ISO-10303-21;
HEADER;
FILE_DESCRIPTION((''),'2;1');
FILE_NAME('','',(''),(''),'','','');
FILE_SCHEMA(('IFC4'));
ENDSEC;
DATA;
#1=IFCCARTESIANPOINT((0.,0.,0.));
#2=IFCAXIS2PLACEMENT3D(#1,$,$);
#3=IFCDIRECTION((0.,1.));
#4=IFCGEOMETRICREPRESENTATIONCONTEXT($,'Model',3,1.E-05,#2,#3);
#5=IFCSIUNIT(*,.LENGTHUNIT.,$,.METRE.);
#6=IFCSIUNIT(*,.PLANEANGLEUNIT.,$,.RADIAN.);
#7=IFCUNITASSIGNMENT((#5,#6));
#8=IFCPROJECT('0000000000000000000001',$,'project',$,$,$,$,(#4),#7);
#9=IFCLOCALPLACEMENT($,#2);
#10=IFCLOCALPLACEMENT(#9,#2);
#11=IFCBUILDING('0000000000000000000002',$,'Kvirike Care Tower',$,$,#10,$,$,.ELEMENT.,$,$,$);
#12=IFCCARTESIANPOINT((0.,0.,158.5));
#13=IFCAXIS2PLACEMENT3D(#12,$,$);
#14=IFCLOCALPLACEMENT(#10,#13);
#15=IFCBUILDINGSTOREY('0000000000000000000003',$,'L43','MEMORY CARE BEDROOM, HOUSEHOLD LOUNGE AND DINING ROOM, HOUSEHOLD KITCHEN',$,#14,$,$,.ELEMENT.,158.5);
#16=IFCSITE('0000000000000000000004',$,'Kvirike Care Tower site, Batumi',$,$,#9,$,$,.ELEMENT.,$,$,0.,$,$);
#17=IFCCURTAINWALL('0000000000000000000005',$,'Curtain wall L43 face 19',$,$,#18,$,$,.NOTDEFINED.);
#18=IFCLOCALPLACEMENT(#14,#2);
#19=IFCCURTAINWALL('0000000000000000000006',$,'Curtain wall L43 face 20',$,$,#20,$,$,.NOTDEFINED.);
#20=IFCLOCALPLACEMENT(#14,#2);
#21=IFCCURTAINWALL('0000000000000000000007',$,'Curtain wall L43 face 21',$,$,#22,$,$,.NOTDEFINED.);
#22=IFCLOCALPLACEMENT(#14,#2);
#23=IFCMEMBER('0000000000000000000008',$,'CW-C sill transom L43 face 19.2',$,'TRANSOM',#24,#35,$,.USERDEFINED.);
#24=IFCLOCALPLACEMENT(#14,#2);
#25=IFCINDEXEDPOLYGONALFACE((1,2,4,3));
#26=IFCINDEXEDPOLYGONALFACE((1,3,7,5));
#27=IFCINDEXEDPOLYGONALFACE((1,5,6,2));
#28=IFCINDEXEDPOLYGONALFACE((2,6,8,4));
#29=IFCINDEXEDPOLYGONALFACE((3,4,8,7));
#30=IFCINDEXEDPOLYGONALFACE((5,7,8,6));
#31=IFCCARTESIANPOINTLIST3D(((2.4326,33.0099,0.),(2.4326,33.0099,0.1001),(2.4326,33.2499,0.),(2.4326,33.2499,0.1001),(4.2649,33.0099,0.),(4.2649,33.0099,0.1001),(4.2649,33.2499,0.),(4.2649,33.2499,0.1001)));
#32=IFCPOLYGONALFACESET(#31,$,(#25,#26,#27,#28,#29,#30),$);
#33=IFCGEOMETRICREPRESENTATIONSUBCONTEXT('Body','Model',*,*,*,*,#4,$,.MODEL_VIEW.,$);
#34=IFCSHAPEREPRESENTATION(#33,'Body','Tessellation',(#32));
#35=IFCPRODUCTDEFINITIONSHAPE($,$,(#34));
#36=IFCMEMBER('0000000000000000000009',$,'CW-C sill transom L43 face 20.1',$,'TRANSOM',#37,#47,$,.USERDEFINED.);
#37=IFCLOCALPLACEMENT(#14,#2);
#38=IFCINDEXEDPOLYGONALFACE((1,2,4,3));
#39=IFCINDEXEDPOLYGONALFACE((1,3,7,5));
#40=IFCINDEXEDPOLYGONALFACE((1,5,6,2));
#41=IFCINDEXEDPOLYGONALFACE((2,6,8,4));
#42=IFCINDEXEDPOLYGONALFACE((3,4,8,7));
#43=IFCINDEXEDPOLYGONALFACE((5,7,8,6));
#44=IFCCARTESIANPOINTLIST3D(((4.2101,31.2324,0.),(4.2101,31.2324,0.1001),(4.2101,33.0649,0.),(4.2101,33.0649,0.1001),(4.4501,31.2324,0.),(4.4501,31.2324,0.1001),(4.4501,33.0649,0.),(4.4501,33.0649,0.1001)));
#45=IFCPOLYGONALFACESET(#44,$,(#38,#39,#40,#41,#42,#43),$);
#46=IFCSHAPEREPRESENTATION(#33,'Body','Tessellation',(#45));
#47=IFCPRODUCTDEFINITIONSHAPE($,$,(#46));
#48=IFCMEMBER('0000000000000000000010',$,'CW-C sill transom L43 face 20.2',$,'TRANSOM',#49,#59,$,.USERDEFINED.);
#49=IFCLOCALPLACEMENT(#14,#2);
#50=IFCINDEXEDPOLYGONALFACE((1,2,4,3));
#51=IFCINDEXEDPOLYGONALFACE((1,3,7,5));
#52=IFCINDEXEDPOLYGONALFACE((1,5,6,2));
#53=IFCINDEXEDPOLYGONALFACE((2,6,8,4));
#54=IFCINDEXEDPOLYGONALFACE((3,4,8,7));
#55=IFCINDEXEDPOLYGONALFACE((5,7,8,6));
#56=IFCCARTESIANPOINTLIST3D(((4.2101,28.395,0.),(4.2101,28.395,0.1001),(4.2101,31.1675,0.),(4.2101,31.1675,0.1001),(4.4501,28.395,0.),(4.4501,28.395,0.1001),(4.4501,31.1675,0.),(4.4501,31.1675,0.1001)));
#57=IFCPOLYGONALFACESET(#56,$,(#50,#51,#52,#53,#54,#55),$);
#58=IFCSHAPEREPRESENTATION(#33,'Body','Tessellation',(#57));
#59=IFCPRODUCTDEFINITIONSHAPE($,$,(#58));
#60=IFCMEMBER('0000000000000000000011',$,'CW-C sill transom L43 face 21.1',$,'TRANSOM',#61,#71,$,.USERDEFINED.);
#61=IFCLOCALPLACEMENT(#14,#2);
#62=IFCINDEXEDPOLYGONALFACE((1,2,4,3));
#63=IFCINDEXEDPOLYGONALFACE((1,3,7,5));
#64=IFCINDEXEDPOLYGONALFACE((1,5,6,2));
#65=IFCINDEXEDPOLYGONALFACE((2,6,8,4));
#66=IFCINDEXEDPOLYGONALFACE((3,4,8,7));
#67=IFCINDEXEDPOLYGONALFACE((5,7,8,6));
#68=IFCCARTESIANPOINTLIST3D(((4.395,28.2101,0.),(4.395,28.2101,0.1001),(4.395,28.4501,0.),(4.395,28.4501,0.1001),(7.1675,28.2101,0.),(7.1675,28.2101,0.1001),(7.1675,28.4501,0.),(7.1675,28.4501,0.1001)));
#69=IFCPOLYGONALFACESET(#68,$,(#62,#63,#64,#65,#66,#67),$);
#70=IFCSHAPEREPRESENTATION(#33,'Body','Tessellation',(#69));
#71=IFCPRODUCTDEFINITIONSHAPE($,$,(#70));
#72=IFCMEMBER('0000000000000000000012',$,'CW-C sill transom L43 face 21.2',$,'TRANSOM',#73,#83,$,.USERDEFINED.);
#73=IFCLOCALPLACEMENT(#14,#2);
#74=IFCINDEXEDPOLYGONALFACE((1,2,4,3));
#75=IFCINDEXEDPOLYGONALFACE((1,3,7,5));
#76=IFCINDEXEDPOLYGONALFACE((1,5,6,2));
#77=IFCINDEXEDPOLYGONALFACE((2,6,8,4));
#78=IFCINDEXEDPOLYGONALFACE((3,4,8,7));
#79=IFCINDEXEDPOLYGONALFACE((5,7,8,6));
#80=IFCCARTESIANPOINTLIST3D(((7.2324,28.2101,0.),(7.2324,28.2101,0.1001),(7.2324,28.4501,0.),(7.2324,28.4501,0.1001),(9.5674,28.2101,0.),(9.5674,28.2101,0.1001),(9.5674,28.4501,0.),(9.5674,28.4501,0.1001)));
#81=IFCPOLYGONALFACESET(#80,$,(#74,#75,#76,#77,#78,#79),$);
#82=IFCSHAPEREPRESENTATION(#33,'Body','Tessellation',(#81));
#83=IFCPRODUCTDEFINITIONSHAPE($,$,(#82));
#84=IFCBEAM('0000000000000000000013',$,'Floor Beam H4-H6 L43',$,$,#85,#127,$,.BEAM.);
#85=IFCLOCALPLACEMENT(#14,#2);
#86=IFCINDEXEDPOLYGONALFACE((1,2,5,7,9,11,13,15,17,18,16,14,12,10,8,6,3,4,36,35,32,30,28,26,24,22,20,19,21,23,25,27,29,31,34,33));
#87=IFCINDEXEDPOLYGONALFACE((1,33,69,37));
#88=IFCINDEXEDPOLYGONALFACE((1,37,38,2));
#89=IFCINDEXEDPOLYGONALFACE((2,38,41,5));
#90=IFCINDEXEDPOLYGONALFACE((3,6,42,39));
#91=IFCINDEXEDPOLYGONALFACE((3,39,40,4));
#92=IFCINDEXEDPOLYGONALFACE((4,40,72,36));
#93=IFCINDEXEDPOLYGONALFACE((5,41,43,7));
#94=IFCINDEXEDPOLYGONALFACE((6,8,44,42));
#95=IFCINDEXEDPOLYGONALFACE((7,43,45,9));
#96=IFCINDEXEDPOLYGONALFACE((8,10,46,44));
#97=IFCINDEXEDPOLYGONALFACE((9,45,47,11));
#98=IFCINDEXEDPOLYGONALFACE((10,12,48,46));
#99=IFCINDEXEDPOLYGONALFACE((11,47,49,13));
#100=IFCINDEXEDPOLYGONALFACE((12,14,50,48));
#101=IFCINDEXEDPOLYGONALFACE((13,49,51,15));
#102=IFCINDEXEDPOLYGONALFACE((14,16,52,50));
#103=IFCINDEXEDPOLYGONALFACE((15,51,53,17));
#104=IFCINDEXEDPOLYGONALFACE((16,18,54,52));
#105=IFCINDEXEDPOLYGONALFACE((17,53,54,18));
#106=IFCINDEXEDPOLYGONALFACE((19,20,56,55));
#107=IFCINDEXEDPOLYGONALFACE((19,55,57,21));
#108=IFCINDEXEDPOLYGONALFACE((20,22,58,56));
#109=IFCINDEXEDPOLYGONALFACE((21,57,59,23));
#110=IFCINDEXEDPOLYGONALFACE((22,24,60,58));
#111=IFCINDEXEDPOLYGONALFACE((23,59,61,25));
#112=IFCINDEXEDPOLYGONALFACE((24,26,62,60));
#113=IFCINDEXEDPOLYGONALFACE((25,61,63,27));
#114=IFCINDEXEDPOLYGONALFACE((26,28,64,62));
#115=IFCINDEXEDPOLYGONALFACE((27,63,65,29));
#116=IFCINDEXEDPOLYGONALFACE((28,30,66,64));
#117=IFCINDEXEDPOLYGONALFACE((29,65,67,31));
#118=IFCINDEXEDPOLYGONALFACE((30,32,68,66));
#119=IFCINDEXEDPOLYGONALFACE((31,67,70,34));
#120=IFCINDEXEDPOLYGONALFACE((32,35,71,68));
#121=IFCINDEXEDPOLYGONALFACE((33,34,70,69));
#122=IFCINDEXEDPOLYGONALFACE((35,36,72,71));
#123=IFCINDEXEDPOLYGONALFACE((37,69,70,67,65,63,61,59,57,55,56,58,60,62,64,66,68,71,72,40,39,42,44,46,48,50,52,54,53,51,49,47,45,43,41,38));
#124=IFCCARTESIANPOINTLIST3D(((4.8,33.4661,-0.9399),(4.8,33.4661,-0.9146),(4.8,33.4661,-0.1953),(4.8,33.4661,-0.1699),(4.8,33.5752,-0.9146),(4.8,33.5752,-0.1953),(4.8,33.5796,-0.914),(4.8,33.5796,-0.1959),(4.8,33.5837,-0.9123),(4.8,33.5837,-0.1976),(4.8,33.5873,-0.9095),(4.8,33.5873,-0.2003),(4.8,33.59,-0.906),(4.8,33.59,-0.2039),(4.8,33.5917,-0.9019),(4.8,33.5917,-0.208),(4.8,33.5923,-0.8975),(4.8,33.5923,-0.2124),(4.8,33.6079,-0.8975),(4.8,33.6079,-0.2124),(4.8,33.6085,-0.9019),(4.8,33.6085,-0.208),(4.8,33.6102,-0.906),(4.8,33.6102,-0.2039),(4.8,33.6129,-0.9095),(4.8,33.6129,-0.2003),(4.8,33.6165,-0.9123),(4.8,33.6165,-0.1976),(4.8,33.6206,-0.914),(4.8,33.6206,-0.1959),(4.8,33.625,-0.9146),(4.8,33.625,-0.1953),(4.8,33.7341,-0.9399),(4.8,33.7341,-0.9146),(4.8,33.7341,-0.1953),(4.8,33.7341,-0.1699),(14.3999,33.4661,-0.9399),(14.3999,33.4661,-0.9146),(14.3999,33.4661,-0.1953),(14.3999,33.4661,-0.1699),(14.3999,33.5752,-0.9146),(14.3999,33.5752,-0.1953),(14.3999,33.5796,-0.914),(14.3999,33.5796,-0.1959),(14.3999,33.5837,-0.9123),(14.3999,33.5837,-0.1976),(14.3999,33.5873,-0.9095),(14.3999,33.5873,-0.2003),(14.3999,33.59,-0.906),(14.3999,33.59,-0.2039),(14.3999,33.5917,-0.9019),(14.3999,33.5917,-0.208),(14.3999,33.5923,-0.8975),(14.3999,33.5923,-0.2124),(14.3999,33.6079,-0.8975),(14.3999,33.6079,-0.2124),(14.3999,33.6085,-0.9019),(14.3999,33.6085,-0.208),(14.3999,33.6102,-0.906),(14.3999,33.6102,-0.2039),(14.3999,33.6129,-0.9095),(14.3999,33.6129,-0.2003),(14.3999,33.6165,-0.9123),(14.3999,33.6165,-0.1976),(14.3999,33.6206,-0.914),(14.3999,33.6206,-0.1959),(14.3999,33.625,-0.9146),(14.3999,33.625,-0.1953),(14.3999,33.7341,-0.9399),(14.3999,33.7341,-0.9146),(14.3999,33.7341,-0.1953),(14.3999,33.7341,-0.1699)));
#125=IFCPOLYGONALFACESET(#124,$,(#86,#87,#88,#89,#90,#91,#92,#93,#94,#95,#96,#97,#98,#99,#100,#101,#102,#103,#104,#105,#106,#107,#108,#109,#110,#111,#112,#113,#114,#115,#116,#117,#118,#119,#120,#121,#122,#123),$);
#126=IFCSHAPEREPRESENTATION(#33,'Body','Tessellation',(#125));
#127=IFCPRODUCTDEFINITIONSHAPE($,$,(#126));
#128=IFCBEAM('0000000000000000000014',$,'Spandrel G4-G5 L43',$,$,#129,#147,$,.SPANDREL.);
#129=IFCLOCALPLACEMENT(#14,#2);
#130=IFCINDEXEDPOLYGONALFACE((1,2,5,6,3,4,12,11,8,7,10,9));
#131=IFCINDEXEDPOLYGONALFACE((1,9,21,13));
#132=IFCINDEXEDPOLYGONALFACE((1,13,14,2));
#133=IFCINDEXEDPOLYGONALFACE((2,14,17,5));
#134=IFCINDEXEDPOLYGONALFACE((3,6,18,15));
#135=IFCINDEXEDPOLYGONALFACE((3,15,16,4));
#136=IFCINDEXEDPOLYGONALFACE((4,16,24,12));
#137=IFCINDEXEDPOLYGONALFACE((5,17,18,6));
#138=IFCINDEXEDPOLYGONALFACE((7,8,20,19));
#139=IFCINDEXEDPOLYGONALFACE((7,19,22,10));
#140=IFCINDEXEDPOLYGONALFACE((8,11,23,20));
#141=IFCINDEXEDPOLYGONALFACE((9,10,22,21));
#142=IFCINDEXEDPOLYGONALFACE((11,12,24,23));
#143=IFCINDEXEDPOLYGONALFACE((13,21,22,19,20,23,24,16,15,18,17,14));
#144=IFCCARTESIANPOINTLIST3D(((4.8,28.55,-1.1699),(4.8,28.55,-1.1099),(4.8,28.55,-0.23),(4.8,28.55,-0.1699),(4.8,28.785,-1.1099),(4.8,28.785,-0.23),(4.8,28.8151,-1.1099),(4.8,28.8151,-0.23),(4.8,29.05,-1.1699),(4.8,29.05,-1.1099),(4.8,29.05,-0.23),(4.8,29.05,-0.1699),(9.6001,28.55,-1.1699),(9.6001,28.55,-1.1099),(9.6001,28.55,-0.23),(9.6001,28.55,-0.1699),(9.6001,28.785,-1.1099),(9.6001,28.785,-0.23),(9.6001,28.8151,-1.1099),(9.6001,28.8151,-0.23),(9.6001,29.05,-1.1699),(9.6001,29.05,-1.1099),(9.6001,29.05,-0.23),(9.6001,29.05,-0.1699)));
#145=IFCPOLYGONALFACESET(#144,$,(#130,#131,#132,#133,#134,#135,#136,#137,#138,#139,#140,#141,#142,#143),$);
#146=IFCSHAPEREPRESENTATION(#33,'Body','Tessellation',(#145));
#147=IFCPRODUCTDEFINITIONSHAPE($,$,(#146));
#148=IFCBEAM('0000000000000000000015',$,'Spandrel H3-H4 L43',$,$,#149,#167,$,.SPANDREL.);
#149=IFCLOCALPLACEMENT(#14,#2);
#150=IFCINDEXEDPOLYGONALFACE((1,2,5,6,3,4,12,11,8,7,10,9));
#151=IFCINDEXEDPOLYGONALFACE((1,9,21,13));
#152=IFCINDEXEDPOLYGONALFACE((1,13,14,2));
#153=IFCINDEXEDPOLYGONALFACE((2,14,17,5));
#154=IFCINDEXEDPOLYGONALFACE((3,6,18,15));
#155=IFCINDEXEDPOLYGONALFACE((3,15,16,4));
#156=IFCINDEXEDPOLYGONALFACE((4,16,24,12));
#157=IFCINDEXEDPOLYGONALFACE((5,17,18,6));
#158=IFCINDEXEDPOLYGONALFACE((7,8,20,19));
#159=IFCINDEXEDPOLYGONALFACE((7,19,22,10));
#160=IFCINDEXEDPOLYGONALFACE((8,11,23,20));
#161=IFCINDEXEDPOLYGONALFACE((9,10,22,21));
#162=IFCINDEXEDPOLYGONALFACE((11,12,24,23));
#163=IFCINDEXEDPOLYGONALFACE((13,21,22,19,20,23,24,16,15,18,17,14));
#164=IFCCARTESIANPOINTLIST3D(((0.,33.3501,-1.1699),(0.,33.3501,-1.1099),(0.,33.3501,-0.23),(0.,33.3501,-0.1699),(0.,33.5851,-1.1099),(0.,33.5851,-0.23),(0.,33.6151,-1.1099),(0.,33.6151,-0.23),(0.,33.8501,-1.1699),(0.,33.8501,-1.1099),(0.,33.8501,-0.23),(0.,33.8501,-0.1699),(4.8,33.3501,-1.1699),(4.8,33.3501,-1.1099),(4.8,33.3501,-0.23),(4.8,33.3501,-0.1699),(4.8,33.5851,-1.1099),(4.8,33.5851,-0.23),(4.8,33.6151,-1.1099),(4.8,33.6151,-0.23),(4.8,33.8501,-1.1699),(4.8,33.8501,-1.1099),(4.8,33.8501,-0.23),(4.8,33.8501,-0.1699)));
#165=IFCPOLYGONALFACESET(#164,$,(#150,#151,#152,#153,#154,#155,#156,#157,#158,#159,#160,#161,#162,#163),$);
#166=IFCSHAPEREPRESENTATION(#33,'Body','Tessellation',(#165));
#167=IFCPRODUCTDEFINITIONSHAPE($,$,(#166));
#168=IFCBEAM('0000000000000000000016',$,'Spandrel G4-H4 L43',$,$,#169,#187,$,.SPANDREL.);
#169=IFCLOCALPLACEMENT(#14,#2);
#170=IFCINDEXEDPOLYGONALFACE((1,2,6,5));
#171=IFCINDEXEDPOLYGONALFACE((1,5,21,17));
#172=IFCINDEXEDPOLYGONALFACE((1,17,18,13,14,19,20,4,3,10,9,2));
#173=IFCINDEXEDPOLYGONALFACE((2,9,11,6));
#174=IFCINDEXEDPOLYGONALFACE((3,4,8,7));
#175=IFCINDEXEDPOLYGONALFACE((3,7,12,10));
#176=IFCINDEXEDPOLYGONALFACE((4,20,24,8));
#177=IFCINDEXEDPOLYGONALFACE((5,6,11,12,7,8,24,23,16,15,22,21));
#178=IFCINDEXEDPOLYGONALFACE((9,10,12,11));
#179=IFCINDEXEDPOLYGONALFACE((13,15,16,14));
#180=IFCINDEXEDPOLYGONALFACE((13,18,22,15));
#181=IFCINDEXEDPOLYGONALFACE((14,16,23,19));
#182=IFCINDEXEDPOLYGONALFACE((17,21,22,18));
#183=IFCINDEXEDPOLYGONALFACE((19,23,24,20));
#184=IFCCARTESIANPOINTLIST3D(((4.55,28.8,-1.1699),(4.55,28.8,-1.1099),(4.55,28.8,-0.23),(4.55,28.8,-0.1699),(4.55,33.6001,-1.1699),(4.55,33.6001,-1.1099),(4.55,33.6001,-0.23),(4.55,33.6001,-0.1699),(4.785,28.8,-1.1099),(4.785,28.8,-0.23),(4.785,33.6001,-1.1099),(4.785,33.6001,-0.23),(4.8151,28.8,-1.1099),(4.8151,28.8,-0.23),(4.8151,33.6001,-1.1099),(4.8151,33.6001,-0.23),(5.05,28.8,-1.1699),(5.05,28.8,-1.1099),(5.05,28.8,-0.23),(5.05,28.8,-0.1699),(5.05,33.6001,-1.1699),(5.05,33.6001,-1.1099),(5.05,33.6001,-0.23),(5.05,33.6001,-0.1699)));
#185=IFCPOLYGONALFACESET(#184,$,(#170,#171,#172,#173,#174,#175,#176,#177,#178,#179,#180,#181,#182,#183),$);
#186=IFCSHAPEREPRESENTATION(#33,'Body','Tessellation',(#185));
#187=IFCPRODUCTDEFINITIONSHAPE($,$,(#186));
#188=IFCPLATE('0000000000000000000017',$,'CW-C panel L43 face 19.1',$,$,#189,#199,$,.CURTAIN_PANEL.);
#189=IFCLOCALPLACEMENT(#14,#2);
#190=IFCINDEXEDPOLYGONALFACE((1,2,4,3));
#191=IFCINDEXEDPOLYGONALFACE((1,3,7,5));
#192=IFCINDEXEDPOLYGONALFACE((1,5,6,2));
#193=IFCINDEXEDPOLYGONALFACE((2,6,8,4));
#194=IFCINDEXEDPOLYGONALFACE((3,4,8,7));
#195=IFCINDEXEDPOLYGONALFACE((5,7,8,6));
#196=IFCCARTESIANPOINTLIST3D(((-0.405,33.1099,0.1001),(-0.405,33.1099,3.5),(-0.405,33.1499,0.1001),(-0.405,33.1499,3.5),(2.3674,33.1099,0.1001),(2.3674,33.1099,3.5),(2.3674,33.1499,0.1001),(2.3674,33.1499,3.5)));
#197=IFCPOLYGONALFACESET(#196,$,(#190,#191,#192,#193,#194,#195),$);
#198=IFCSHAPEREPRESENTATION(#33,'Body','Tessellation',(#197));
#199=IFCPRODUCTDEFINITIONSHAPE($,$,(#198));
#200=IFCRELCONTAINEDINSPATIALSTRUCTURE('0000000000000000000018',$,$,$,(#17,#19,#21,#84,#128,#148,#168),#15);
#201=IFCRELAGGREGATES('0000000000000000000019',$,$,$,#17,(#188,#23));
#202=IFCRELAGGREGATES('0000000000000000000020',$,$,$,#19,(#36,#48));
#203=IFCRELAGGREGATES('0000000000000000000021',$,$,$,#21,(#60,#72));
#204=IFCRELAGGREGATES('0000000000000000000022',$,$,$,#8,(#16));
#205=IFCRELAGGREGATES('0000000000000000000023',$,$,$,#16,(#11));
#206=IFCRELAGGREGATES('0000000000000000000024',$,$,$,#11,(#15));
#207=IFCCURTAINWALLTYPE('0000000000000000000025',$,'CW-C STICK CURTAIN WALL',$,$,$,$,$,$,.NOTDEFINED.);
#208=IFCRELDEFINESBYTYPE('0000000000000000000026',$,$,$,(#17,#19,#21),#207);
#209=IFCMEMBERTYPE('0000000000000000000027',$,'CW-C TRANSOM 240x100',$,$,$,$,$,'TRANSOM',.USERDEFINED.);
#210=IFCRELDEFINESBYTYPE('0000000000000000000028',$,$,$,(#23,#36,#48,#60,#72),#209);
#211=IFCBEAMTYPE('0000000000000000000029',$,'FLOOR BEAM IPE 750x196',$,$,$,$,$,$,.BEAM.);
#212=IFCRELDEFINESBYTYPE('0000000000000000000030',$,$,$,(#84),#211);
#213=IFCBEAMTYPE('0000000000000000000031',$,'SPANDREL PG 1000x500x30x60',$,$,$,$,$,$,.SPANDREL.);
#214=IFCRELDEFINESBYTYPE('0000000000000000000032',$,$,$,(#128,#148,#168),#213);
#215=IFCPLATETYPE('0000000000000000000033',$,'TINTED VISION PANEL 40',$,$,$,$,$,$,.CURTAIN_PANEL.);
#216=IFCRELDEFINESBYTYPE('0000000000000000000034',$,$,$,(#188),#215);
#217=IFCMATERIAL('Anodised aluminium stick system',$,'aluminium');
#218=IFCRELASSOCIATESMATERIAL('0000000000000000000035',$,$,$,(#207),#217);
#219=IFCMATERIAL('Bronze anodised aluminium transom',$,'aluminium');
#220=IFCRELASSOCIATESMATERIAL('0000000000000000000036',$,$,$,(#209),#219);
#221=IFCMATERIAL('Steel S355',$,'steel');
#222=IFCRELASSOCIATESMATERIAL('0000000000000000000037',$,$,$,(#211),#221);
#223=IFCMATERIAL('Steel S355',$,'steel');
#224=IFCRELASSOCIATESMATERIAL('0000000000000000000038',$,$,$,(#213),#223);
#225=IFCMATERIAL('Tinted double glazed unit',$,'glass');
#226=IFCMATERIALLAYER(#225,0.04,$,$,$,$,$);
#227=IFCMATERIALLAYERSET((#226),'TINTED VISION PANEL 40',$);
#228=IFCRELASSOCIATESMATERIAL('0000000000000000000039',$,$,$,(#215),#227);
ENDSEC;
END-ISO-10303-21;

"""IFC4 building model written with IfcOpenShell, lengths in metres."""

from ifc_helpers import new_model, si_unit, direction, frame, origin, origin_2d, place, context, subcontext, project, spatial, rectangle, i_section, extrude, material, layer, layer_set, material_profile, profile_set, type_object, element, aggregate, save


model = new_model("IFC4")

# Units and contexts
model_context = context("Model", 3, precision=1e-05, world=origin(), true_north=direction((0.0, 1.0)))
body_context = subcontext(model_context, "Body", "Model", "MODEL_VIEW")
ifc_project = project(units=[si_unit("LENGTHUNIT", "METRE"), si_unit("PLANEANGLEUNIT", "RADIAN")], contexts=[model_context])

# Site, building, storey
site_placement = place(None, origin())
site = spatial("IfcSite", under=ifc_project, at=site_placement, Name="Kvirike Care Tower site, Batumi", CompositionType="ELEMENT", RefElevation=0.0)
building_placement = place(site_placement, origin())
building = spatial("IfcBuilding", under=site, at=building_placement, Name="Kvirike Care Tower", CompositionType="ELEMENT")
storey_placement = place(building_placement, frame((0.0, 0.0, 158.5)))
storey = spatial("IfcBuildingStorey", under=building, at=storey_placement, Name="L43", Description="MEMORY CARE BEDROOM, HOUSEHOLD LOUNGE AND DINING ROOM, HOUSEHOLD KITCHEN", CompositionType="ELEMENT", Elevation=158.5)

# Shared definitions
ifc_material_1 = material(Name="Anodised aluminium stick system", Category="aluminium")
curtain_wall_type = type_object("IfcCurtainWallType", Name="CW-C STICK CURTAIN WALL", PredefinedType="NOTDEFINED", material=ifc_material_1)

# Curtain walls
curtain_wall_1_placement = place(storey_placement, origin())
curtain_wall_1 = element("IfcCurtainWall", 1, at=curtain_wall_1_placement, inside=storey, type_object=curtain_wall_type, Name="Curtain wall L43 face 19", PredefinedType="NOTDEFINED")
curtain_wall_2_placement = place(storey_placement, origin())
curtain_wall_2 = element("IfcCurtainWall", 2, at=curtain_wall_2_placement, inside=storey, type_object=curtain_wall_type, Name="Curtain wall L43 face 20", PredefinedType="NOTDEFINED")
curtain_wall_3_placement = place(storey_placement, origin())
curtain_wall_3 = element("IfcCurtainWall", 3, at=curtain_wall_3_placement, inside=storey, type_object=curtain_wall_type, Name="Curtain wall L43 face 21", PredefinedType="NOTDEFINED")

# Members
ifc_material_2 = material(Name="Bronze anodised aluminium transom", Category="aluminium")
ifc_material_profile_1 = material_profile(ifc_material_2, rectangle(XDim=0.24, YDim=0.1001, at=origin_2d()), Name="CW-C TRANSOM 240x100")
ifc_profile_set_1 = profile_set([ifc_material_profile_1], Name="Bronze anodised aluminium transom")
member_type_1 = type_object("IfcMemberType", Name="CW-C TRANSOM 240x100", ElementType="TRANSOM", PredefinedType="USERDEFINED", material=ifc_profile_set_1)
member_1_placement = place(storey_placement, frame((2.4326, 33.1299, 0.05), z_axis=(1.0, 0.0, 0.0), x_axis=(0.0, 1.0, 0.0)))
member_1 = element("IfcMember", 4, at=member_1_placement, type_object=member_type_1, Name="CW-C sill transom L43 face 19.2", ObjectType="TRANSOM", PredefinedType="USERDEFINED", context=body_context, shape_type="SweptSolid", body=[
    extrude(rectangle(XDim=0.24, YDim=0.1001, at=origin_2d()), origin(), (0.0, 0.0, 1.0), 1.8323),
])
member_2_placement = place(storey_placement, frame((4.3301, 33.0649, 0.05), z_axis=(0.0, -1.0, 0.0), x_axis=(1.0, 0.0, 0.0)))
member_2 = element("IfcMember", 5, at=member_2_placement, type_object=member_type_1, Name="CW-C sill transom L43 face 20.1", ObjectType="TRANSOM", PredefinedType="USERDEFINED", context=body_context, shape_type="SweptSolid", body=[
    extrude(rectangle(XDim=0.24, YDim=0.1001, at=origin_2d()), origin(), (0.0, 0.0, 1.0), 1.8325),
])
member_3_placement = place(storey_placement, frame((4.3301, 31.1675, 0.05), z_axis=(0.0, -1.0, 0.0), x_axis=(1.0, 0.0, 0.0)))
member_3 = element("IfcMember", 6, at=member_3_placement, type_object=member_type_1, Name="CW-C sill transom L43 face 20.2", ObjectType="TRANSOM", PredefinedType="USERDEFINED", context=body_context, shape_type="SweptSolid", body=[
    extrude(rectangle(XDim=0.24, YDim=0.1001, at=origin_2d()), origin(), (0.0, 0.0, 1.0), 2.7725),
])
member_4_placement = place(storey_placement, frame((4.395, 28.3301, 0.05), z_axis=(1.0, 0.0, 0.0), x_axis=(0.0, 1.0, 0.0)))
member_4 = element("IfcMember", 7, at=member_4_placement, type_object=member_type_1, Name="CW-C sill transom L43 face 21.1", ObjectType="TRANSOM", PredefinedType="USERDEFINED", context=body_context, shape_type="SweptSolid", body=[
    extrude(rectangle(XDim=0.24, YDim=0.1001, at=origin_2d()), origin(), (0.0, 0.0, 1.0), 2.7725),
])
member_5_placement = place(storey_placement, frame((7.2324, 28.3301, 0.05), z_axis=(1.0, 0.0, 0.0), x_axis=(0.0, 1.0, 0.0)))
member_5 = element("IfcMember", 8, at=member_5_placement, type_object=member_type_1, Name="CW-C sill transom L43 face 21.2", ObjectType="TRANSOM", PredefinedType="USERDEFINED", context=body_context, shape_type="SweptSolid", body=[
    extrude(rectangle(XDim=0.24, YDim=0.1001, at=origin_2d()), origin(), (0.0, 0.0, 1.0), 2.335),
])

# Beams
ifc_material_3 = material(Name="Steel S355", Category="steel")
ifc_material_profile_2 = material_profile(ifc_material_3, i_section(OverallWidth=0.2681, OverallDepth=0.77, WebThickness=0.0156, FlangeThickness=0.0254, FilletRadius=0.0171, at=origin_2d()), Name="IPE 750x196")
ifc_profile_set_2 = profile_set([ifc_material_profile_2], Name="Steel S355")
beam_type_1 = type_object("IfcBeamType", Name="FLOOR BEAM IPE 750x196", PredefinedType="BEAM", material=ifc_profile_set_2)
beam_placement = place(storey_placement, frame((4.8, 33.6001, -0.5549), z_axis=(1.0, 0.0, 0.0), x_axis=(0.0, 1.0, 0.0)))
element("IfcBeam", 9, at=beam_placement, inside=storey, type_object=beam_type_1, Name="Floor Beam H4-H6 L43", PredefinedType="BEAM", context=body_context, shape_type="SweptSolid", body=[
    extrude(i_section(OverallWidth=0.2681, OverallDepth=0.77, WebThickness=0.0156, FlangeThickness=0.0254, FilletRadius=0.0171, at=origin_2d()), origin(), (0.0, 0.0, 1.0), 9.5999),
])
ifc_material_4 = material(Name="Steel S355", Category="steel")
ifc_material_profile_3 = material_profile(ifc_material_4, i_section(OverallWidth=0.5, OverallDepth=1.0, WebThickness=0.03, FlangeThickness=0.0601, at=origin_2d()), Name="PG 1000x500x30x60")
ifc_profile_set_3 = profile_set([ifc_material_profile_3], Name="Steel S355")
beam_type_2 = type_object("IfcBeamType", Name="SPANDREL PG 1000x500x30x60", PredefinedType="SPANDREL", material=ifc_profile_set_3)
for number, where, z_axis, x_axis, name in (
    (10, (4.8, 28.8, -0.6699), (1.0, 0.0, 0.0), (0.0, 1.0, 0.0), "Spandrel G4-G5 L43"),
    (11, (0.0, 33.6001, -0.6699), (1.0, 0.0, 0.0), (0.0, 1.0, 0.0), "Spandrel H3-H4 L43"),
    (12, (4.8, 28.8, -0.6699), (0.0, 1.0, 0.0), (-1.0, 0.0, 0.0), "Spandrel G4-H4 L43"),
):
    element("IfcBeam", number, at=place(storey_placement, frame(where, z_axis=z_axis, x_axis=x_axis)), inside=storey, type_object=beam_type_2, Name=name, PredefinedType="SPANDREL", context=body_context, shape_type="SweptSolid", body=[
        extrude(i_section(OverallWidth=0.5, OverallDepth=1.0, WebThickness=0.03, FlangeThickness=0.0601, at=origin_2d()), origin(), (0.0, 0.0, 1.0), 4.8),
    ])

# Plate
ifc_material_5 = material(Name="Tinted double glazed unit", Category="glass")
ifc_layer_1 = layer(ifc_material_5, 0.04)
ifc_layer_set_1 = layer_set([ifc_layer_1], Name="TINTED VISION PANEL 40")
plate_type = type_object("IfcPlateType", Name="TINTED VISION PANEL 40", PredefinedType="CURTAIN_PANEL", material=ifc_layer_set_1)
plate_1_placement = place(storey_placement, frame((0.9812, 33.1299, 0.1001), z_axis=(0.0, 0.0, 1.0), x_axis=(1.0, 0.0, 0.0)))
plate_1 = element("IfcPlate", 13, at=plate_1_placement, type_object=plate_type, Name="CW-C panel L43 face 19.1", PredefinedType="CURTAIN_PANEL", context=body_context, shape_type="SweptSolid", body=[
    extrude(rectangle(XDim=2.7725, YDim=0.04, at=origin_2d()), origin(), (0.0, 0.0, 1.0), 3.3999),
])
aggregate(curtain_wall_1, [plate_1, member_1])
aggregate(curtain_wall_2, [member_2, member_3])
aggregate(curtain_wall_3, [member_4, member_5])

save(model, "model.ifc")
